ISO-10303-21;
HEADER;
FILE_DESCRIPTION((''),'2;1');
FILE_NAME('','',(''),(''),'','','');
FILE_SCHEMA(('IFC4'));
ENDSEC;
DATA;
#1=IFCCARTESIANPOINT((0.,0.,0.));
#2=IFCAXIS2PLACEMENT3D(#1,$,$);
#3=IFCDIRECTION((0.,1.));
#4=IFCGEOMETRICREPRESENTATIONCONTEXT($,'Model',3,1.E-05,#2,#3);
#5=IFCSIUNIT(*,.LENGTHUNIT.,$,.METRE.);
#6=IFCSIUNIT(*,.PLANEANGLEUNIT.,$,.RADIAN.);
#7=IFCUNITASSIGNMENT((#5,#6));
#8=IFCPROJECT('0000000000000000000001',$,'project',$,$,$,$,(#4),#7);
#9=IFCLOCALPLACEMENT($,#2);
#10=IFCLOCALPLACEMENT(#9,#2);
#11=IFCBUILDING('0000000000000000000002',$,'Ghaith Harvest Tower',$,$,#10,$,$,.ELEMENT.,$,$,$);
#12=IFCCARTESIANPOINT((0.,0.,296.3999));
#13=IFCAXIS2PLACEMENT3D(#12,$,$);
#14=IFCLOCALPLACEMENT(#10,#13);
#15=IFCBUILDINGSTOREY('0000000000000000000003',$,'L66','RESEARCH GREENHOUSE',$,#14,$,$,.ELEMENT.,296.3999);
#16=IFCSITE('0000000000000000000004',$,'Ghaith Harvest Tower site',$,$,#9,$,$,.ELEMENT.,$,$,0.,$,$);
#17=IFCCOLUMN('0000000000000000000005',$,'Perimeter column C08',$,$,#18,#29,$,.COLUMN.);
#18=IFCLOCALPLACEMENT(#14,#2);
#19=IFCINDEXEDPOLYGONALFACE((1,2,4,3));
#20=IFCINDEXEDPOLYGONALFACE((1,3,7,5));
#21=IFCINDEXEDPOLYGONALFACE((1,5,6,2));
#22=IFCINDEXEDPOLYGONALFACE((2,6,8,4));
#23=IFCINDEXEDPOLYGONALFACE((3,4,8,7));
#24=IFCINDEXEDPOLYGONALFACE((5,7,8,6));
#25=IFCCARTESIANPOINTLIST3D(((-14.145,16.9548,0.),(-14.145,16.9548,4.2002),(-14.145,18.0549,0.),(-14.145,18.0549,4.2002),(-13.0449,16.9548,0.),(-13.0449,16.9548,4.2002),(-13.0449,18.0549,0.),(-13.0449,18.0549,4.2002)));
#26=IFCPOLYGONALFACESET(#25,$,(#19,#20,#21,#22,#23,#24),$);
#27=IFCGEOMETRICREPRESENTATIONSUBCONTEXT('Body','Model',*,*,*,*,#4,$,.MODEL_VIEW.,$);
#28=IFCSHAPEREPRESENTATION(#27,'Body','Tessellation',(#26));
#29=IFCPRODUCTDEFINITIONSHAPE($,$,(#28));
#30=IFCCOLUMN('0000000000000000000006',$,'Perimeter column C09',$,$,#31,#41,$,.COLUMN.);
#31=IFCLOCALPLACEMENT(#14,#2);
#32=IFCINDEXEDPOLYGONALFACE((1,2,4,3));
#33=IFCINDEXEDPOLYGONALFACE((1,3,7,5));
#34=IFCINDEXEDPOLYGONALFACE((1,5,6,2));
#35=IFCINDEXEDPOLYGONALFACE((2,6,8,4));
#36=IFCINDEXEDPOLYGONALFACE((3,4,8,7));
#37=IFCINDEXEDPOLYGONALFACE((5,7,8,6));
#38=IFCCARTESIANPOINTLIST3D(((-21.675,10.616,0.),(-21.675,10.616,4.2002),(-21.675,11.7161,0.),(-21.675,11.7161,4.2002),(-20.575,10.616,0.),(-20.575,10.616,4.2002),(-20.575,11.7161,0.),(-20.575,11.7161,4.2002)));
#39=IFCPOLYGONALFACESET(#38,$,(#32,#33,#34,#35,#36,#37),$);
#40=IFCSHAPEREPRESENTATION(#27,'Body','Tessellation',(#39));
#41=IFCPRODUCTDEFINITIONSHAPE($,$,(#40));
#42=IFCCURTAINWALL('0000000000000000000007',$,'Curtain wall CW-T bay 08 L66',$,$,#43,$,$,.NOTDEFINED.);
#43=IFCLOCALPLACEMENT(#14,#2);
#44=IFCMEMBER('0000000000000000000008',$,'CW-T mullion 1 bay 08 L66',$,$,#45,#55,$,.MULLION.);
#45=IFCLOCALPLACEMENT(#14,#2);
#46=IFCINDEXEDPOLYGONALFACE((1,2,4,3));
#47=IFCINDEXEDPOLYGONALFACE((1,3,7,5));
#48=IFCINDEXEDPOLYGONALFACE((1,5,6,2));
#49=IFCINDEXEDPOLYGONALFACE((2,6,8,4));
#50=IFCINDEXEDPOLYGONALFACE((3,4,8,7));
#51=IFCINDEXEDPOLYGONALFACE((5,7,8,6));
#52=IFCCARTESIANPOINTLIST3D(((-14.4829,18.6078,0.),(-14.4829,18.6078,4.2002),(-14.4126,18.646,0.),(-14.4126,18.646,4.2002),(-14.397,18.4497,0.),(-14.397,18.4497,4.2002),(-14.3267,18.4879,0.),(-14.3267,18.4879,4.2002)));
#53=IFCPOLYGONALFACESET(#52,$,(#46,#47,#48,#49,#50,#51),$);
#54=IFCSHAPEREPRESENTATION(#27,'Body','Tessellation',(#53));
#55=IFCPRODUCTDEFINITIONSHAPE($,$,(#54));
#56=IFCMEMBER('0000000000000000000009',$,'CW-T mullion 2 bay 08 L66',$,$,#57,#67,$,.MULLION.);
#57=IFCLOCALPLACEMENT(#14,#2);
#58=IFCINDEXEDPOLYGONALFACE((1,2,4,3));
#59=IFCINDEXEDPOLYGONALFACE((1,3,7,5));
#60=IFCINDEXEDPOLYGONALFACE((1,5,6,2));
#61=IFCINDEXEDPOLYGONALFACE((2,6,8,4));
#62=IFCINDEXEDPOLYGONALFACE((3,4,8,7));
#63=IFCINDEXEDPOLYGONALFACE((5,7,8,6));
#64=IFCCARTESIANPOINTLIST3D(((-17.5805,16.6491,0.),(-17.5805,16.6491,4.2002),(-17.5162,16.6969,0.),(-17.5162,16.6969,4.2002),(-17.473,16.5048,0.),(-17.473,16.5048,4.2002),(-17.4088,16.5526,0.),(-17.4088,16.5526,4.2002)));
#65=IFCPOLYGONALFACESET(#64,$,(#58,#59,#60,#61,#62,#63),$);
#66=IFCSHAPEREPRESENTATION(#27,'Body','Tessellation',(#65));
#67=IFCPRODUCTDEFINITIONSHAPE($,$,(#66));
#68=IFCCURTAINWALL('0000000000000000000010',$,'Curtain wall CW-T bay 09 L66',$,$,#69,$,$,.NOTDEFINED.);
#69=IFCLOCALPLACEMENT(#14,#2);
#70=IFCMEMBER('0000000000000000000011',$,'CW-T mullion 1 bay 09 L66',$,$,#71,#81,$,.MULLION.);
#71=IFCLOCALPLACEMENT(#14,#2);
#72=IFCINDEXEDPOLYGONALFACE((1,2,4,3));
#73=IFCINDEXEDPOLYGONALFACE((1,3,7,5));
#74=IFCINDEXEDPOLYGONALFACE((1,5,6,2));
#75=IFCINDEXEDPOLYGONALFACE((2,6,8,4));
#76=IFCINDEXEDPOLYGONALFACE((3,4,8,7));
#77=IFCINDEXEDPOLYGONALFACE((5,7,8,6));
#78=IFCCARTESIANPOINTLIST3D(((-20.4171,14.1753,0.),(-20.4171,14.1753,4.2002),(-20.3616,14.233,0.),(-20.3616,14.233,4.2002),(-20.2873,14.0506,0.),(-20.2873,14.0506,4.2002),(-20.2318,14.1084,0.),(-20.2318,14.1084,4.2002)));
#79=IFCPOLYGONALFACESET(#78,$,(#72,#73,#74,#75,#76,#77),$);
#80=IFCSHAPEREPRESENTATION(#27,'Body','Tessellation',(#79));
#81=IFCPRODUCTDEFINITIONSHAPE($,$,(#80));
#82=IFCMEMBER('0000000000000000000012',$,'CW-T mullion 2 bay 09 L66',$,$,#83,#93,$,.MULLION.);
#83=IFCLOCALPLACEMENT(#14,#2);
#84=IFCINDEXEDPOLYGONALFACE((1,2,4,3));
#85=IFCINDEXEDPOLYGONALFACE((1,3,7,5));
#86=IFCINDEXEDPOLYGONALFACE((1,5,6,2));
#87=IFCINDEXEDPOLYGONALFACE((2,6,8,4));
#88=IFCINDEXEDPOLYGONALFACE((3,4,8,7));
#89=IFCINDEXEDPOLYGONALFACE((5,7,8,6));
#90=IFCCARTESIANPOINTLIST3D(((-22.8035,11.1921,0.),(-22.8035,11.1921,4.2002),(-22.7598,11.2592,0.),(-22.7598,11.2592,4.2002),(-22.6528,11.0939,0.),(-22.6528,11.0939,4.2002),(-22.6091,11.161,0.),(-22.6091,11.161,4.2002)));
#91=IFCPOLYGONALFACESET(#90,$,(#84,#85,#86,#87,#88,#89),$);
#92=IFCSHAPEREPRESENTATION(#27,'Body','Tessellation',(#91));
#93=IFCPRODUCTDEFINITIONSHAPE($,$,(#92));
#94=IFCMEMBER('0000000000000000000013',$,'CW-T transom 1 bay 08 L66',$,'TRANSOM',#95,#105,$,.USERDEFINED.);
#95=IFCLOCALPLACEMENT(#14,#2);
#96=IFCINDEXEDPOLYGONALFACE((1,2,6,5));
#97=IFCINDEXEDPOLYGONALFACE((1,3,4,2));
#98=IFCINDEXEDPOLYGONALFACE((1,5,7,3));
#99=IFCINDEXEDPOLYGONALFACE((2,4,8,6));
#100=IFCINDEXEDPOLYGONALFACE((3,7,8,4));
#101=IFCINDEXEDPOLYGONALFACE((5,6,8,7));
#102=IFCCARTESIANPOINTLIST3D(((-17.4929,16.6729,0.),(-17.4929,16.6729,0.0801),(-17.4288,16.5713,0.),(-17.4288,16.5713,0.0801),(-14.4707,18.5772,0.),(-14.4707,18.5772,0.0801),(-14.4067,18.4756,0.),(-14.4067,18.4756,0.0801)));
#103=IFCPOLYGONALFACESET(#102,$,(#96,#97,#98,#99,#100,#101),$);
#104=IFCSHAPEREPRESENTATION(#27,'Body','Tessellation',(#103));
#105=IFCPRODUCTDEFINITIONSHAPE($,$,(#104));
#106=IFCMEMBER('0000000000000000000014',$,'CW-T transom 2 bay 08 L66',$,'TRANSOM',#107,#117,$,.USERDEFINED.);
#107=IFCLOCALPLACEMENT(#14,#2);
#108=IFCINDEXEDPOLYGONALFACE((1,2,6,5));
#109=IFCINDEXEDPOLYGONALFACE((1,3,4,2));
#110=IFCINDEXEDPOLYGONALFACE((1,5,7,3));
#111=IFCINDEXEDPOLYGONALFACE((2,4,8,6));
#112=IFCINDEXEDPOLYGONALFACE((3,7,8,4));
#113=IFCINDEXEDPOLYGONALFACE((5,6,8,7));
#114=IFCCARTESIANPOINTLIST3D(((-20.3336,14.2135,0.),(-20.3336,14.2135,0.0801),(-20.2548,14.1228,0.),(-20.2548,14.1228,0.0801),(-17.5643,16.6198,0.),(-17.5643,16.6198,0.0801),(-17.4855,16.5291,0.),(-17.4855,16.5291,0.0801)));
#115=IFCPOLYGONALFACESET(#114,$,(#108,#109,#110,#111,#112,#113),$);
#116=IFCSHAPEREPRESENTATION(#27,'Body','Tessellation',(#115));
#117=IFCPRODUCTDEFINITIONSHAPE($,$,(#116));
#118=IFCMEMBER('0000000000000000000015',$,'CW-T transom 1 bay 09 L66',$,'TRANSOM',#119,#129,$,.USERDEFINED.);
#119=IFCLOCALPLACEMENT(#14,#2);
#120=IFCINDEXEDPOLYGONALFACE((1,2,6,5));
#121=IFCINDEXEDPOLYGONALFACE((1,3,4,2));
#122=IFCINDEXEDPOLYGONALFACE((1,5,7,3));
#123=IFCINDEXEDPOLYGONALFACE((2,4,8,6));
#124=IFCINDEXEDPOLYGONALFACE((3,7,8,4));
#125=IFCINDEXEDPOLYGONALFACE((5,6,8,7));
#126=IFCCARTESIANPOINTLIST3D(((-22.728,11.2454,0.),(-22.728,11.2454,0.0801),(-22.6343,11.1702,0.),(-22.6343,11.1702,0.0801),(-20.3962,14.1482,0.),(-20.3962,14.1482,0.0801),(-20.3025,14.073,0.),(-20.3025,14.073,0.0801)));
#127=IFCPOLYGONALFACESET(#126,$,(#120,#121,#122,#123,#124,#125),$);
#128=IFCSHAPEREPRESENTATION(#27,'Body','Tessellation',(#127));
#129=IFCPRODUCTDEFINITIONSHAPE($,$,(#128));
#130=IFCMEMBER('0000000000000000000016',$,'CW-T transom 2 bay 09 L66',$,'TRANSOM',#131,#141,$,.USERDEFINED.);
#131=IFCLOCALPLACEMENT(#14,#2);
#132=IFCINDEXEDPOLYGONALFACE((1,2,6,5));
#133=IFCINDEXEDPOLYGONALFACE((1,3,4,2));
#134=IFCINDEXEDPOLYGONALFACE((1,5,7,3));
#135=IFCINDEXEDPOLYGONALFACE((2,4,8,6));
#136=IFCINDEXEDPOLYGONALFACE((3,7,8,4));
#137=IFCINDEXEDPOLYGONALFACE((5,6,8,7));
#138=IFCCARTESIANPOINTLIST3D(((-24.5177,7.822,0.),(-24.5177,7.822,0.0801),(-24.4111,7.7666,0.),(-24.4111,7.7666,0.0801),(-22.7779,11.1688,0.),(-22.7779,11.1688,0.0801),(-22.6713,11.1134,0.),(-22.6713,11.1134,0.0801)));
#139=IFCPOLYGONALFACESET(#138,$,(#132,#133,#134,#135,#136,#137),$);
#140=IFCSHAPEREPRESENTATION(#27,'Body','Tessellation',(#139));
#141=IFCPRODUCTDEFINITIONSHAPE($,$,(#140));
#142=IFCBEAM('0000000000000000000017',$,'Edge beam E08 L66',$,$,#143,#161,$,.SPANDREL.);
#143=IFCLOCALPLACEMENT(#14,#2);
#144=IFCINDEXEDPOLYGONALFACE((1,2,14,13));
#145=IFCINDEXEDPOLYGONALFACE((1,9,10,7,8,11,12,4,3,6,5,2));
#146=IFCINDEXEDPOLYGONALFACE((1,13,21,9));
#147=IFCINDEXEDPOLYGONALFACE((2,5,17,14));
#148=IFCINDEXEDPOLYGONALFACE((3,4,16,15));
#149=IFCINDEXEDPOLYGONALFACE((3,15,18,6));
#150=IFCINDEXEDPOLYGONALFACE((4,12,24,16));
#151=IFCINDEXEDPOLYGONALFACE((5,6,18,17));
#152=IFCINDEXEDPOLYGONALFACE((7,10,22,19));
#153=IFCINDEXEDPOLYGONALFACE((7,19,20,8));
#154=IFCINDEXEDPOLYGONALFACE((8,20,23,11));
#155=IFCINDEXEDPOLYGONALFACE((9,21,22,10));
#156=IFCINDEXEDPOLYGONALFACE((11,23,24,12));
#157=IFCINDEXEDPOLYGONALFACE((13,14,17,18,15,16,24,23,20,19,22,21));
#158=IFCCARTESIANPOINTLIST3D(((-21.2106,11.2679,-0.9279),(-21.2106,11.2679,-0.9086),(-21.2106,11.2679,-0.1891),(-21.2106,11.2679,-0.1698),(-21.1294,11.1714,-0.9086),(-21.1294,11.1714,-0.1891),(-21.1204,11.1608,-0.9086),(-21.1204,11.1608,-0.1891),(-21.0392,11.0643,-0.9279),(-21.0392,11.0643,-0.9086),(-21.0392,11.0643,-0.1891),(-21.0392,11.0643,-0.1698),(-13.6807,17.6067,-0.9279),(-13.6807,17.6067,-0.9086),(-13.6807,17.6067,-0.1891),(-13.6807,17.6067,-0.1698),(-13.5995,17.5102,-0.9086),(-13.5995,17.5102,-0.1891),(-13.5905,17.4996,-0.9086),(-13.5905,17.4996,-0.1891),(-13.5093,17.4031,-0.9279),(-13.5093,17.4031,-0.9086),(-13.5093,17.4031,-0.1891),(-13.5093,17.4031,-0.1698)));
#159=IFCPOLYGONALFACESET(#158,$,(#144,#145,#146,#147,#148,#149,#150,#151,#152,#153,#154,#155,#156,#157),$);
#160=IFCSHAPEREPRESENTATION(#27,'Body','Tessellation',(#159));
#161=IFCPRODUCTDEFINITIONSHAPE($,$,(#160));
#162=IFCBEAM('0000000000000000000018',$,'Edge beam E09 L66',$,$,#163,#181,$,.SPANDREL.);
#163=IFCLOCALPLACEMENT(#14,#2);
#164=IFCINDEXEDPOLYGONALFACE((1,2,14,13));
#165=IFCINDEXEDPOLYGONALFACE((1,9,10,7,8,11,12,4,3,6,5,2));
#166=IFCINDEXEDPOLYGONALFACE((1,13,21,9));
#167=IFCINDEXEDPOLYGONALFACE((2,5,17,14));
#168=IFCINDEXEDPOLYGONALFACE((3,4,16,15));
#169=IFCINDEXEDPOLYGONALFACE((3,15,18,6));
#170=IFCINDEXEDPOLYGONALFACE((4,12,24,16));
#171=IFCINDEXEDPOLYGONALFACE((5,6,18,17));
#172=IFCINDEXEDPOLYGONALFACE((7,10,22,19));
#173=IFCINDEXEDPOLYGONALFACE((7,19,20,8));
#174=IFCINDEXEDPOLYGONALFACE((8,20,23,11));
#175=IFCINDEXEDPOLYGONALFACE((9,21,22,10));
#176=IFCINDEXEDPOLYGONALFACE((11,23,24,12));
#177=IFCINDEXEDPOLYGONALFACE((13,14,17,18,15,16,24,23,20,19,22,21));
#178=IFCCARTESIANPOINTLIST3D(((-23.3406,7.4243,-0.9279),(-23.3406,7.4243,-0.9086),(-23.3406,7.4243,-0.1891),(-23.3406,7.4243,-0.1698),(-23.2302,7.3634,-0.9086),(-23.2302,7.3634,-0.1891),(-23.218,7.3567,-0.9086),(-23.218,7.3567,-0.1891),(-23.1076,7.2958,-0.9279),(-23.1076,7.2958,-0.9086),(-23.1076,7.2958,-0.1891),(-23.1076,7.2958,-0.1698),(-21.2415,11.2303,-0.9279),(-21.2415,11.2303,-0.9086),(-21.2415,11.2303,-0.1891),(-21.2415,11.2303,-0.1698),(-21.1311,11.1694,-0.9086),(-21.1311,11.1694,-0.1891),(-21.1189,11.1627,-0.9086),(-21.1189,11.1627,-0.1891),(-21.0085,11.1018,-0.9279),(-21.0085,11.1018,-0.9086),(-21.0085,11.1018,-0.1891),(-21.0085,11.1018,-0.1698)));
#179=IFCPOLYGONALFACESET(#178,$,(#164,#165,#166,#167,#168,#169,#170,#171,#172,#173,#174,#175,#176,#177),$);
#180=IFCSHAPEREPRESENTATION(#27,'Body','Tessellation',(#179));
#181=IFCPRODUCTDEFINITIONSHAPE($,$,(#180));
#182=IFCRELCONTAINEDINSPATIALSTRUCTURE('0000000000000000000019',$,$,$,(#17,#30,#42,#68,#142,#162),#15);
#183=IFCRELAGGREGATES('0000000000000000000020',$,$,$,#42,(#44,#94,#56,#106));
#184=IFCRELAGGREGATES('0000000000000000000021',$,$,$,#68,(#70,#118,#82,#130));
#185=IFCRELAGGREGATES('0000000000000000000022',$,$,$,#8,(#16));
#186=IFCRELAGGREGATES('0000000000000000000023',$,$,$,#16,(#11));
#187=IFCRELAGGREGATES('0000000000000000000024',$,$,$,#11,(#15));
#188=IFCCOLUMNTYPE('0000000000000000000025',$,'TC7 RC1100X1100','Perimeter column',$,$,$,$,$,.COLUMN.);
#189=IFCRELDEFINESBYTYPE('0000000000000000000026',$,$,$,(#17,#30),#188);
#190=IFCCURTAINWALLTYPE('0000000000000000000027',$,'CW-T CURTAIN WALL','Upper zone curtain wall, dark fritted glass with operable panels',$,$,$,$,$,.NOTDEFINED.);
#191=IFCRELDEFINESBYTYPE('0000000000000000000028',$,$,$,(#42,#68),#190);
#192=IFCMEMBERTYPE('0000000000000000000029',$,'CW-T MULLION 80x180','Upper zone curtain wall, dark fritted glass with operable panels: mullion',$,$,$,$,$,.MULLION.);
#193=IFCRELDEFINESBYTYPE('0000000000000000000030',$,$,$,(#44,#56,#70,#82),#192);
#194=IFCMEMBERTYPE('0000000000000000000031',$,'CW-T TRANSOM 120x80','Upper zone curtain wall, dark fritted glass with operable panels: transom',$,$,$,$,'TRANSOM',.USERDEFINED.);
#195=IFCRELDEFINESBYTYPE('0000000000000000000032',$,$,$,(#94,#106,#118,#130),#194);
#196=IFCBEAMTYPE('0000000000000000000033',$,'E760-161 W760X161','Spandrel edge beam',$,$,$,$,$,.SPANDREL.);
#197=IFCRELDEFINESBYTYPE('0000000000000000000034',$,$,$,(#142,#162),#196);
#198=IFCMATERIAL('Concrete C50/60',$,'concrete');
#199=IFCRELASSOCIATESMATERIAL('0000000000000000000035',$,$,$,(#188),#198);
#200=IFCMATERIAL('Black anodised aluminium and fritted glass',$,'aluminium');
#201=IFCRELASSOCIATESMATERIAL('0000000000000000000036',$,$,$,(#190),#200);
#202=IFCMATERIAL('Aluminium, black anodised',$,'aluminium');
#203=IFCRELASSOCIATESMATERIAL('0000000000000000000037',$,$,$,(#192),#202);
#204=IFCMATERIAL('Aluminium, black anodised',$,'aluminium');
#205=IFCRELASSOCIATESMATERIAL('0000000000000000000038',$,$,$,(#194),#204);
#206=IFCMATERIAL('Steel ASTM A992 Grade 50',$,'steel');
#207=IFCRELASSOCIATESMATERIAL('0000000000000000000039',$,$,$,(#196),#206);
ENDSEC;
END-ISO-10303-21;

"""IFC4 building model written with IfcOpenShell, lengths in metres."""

from ifc_helpers import new_model, si_unit, direction, frame, origin, origin_2d, place, context, subcontext, project, spatial, rectangle, i_section, extrude, material, material_profile, profile_set, type_object, element, aggregate, save


model = new_model("IFC4")

# Units and contexts
model_context = context("Model", 3, precision=1e-05, world=origin(), true_north=direction((0.0, 1.0)))
body_context = subcontext(model_context, "Body", "Model", "MODEL_VIEW")
ifc_project = project(units=[si_unit("LENGTHUNIT", "METRE"), si_unit("PLANEANGLEUNIT", "RADIAN")], contexts=[model_context])

# Site, building, storey
site_placement = place(None, origin())
site = spatial("IfcSite", under=ifc_project, at=site_placement, Name="Ghaith Harvest Tower site", CompositionType="ELEMENT", RefElevation=0.0)
building_placement = place(site_placement, origin())
building = spatial("IfcBuilding", under=site, at=building_placement, Name="Ghaith Harvest Tower", CompositionType="ELEMENT")
storey_placement = place(building_placement, frame((0.0, 0.0, 296.3999)))
storey = spatial("IfcBuildingStorey", under=building, at=storey_placement, Name="L66", Description="RESEARCH GREENHOUSE", CompositionType="ELEMENT", Elevation=296.3999)

# Columns
ifc_material_1 = material(Name="Concrete C50/60", Category="concrete")
ifc_material_profile_1 = material_profile(ifc_material_1, rectangle(XDim=1.1001, YDim=1.1001, at=origin_2d()), Name="RC1100X1100")
ifc_profile_set_1 = profile_set([ifc_material_profile_1], Name="Concrete C50/60")
column_type = type_object("IfcColumnType", Name="TC7 RC1100X1100", Description="Perimeter column", PredefinedType="COLUMN", material=ifc_profile_set_1)
for number, where, z_axis, x_axis, name in (
    (1, (-13.595, 17.5049, 0.0), (0.0, 0.0, 1.0), (1.0, 0.0, 0.0), "Perimeter column C08"),
    (2, (-21.125, 11.166, 0.0), (0.0, 0.0, 1.0), (1.0, 0.0, 0.0), "Perimeter column C09"),
):
    element("IfcColumn", number, at=place(storey_placement, frame(where, z_axis=z_axis, x_axis=x_axis)), inside=storey, type_object=column_type, Name=name, PredefinedType="COLUMN", context=body_context, shape_type="SweptSolid", body=[
        extrude(rectangle(XDim=1.1001, YDim=1.1001, at=origin_2d()), origin(), (0.0, 0.0, 1.0), 4.2002),
    ])

# Curtain walls, members
ifc_material_2 = material(Name="Black anodised aluminium and fritted glass", Category="aluminium")
curtain_wall_type = type_object("IfcCurtainWallType", Name="CW-T CURTAIN WALL", Description="Upper zone curtain wall, dark fritted glass with operable panels", PredefinedType="NOTDEFINED", material=ifc_material_2)
curtain_wall_1_placement = place(storey_placement, origin())
curtain_wall_1 = element("IfcCurtainWall", 3, at=curtain_wall_1_placement, inside=storey, type_object=curtain_wall_type, Name="Curtain wall CW-T bay 08 L66", PredefinedType="NOTDEFINED")
ifc_material_3 = material(Name="Aluminium, black anodised", Category="aluminium")
ifc_material_profile_2 = material_profile(ifc_material_3, rectangle(XDim=0.0801, YDim=0.1799, at=origin_2d()), Name="CW-T MULLION 80x180")
ifc_profile_set_2 = profile_set([ifc_material_profile_2], Name="Aluminium, black anodised")
member_type_1 = type_object("IfcMemberType", Name="CW-T MULLION 80x180", Description="Upper zone curtain wall, dark fritted glass with operable panels: mullion", PredefinedType="MULLION", material=ifc_profile_set_2)
member_1_placement = place(storey_placement, frame((-14.4048, 18.5479, 0.0), z_axis=(0.0, 0.0, 1.0), x_axis=(-0.878672, -0.477426, 0.0)))
member_1 = element("IfcMember", 4, at=member_1_placement, type_object=member_type_1, Name="CW-T mullion 1 bay 08 L66", PredefinedType="MULLION", context=body_context, shape_type="SweptSolid", body=[
    extrude(rectangle(XDim=0.0801, YDim=0.1799, at=origin_2d()), origin(), (0.0, 0.0, 1.0), 4.2002),
])
member_2_placement = place(storey_placement, frame((-17.4946, 16.6008, 0.0), z_axis=(0.0, 0.0, 1.0), x_axis=(-0.80219, -0.597069, 0.0)))
member_2 = element("IfcMember", 5, at=member_2_placement, type_object=member_type_1, Name="CW-T mullion 2 bay 08 L66", PredefinedType="MULLION", context=body_context, shape_type="SweptSolid", body=[
    extrude(rectangle(XDim=0.0801, YDim=0.1799, at=origin_2d()), origin(), (0.0, 0.0, 1.0), 4.2002),
])
curtain_wall_2_placement = place(storey_placement, origin())
curtain_wall_2 = element("IfcCurtainWall", 6, at=curtain_wall_2_placement, inside=storey, type_object=curtain_wall_type, Name="Curtain wall CW-T bay 09 L66", PredefinedType="NOTDEFINED")
member_3_placement = place(storey_placement, frame((-20.3245, 14.1418, 0.0), z_axis=(0.0, 0.0, 1.0), x_axis=(-0.692826, -0.721104, 0.0)))
member_3 = element("IfcMember", 7, at=member_3_placement, type_object=member_type_1, Name="CW-T mullion 1 bay 09 L66", PredefinedType="MULLION", context=body_context, shape_type="SweptSolid", body=[
    extrude(rectangle(XDim=0.0801, YDim=0.1799, at=origin_2d()), origin(), (0.0, 0.0, 1.0), 4.2002),
])
member_4_placement = place(storey_placement, frame((-22.7063, 11.1765, 0.0), z_axis=(0.0, 0.0, 1.0), x_axis=(-0.545865, -0.837873, 0.0)))
member_4 = element("IfcMember", 8, at=member_4_placement, type_object=member_type_1, Name="CW-T mullion 2 bay 09 L66", PredefinedType="MULLION", context=body_context, shape_type="SweptSolid", body=[
    extrude(rectangle(XDim=0.0801, YDim=0.1799, at=origin_2d()), origin(), (0.0, 0.0, 1.0), 4.2002),
])

# Members
ifc_material_4 = material(Name="Aluminium, black anodised", Category="aluminium")
ifc_material_profile_3 = material_profile(ifc_material_4, rectangle(XDim=0.1201, YDim=0.0801, at=origin_2d()), Name="CW-T TRANSOM 120x80")
ifc_profile_set_3 = profile_set([ifc_material_profile_3], Name="Aluminium, black anodised")
member_type_2 = type_object("IfcMemberType", Name="CW-T TRANSOM 120x80", Description="Upper zone curtain wall, dark fritted glass with operable panels: transom", ElementType="TRANSOM", PredefinedType="USERDEFINED", material=ifc_profile_set_3)
member_5_placement = place(storey_placement, frame((-14.4387, 18.5264, 0.04), z_axis=(-0.846054, -0.533098, 0.0), x_axis=(0.533098, -0.846054, 0.0)))
member_5 = element("IfcMember", 9, at=member_5_placement, type_object=member_type_2, Name="CW-T transom 1 bay 08 L66", ObjectType="TRANSOM", PredefinedType="USERDEFINED", context=body_context, shape_type="SweptSolid", body=[
    extrude(rectangle(XDim=0.1201, YDim=0.0801, at=origin_2d()), origin(), (0.0, 0.0, 1.0), 3.572),
])
member_6_placement = place(storey_placement, frame((-17.5249, 16.5745, 0.04), z_axis=(-0.754852, -0.655895, 0.0), x_axis=(0.655895, -0.754852, 0.0)))
member_6 = element("IfcMember", 10, at=member_6_placement, type_object=member_type_2, Name="CW-T transom 2 bay 08 L66", ObjectType="TRANSOM", PredefinedType="USERDEFINED", context=body_context, shape_type="SweptSolid", body=[
    extrude(rectangle(XDim=0.1201, YDim=0.0801, at=origin_2d()), origin(), (0.0, 0.0, 1.0), 3.6687),
])
member_7_placement = place(storey_placement, frame((-20.3494, 14.1106, 0.04), z_axis=(-0.626253, -0.77962, 0.0), x_axis=(0.77962, -0.626253, 0.0)))
member_7 = element("IfcMember", 11, at=member_7_placement, type_object=member_type_2, Name="CW-T transom 1 bay 09 L66", ObjectType="TRANSOM", PredefinedType="USERDEFINED", context=body_context, shape_type="SweptSolid", body=[
    extrude(rectangle(XDim=0.1201, YDim=0.0801, at=origin_2d()), origin(), (0.0, 0.0, 1.0), 3.7234),
])
member_8_placement = place(storey_placement, frame((-22.7246, 11.1411, 0.04), z_axis=(-0.461243, -0.887274, 0.0), x_axis=(0.887274, -0.461243, 0.0)))
member_8 = element("IfcMember", 12, at=member_8_placement, type_object=member_type_2, Name="CW-T transom 2 bay 09 L66", ObjectType="TRANSOM", PredefinedType="USERDEFINED", context=body_context, shape_type="SweptSolid", body=[
    extrude(rectangle(XDim=0.1201, YDim=0.0801, at=origin_2d()), origin(), (0.0, 0.0, 1.0), 3.772),
])

# Beams
ifc_material_5 = material(Name="Steel ASTM A992 Grade 50", Category="steel")
ifc_material_profile_4 = material_profile(ifc_material_5, i_section(OverallWidth=0.2661, OverallDepth=0.7581, WebThickness=0.0139, FlangeThickness=0.0193, at=origin_2d()), Name="W760X161")
ifc_profile_set_4 = profile_set([ifc_material_profile_4], Name="Steel ASTM A992 Grade 50")
beam_type = type_object("IfcBeamType", Name="E760-161 W760X161", Description="Spandrel edge beam", PredefinedType="SPANDREL", material=ifc_profile_set_4)
beam_1_placement = place(storey_placement, frame((-13.595, 17.5049, -0.5488), z_axis=(-0.765022, -0.644004, 0.0), x_axis=(0.644004, -0.765022, 0.0)))
element("IfcBeam", 13, at=beam_1_placement, inside=storey, type_object=beam_type, Name="Edge beam E08 L66", PredefinedType="SPANDREL", context=body_context, shape_type="SweptSolid", body=[
    extrude(i_section(OverallWidth=0.2661, OverallDepth=0.7581, WebThickness=0.0139, FlangeThickness=0.0193, at=origin_2d()), origin(), (0.0, 0.0, 1.0), 9.8428),
])
beam_2_placement = place(storey_placement, frame((-21.125, 11.166, -0.5488), z_axis=(-0.482956, -0.875645, 0.0), x_axis=(0.875645, -0.482956, 0.0)))
element("IfcBeam", 14, at=beam_2_placement, inside=storey, type_object=beam_type, Name="Edge beam E09 L66", PredefinedType="SPANDREL", context=body_context, shape_type="SweptSolid", body=[
    extrude(i_section(OverallWidth=0.2661, OverallDepth=0.7581, WebThickness=0.0139, FlangeThickness=0.0193, at=origin_2d()), origin(), (0.0, 0.0, 1.0), 4.3464),
])

aggregate(curtain_wall_1, [member_1, member_5, member_2, member_6])
aggregate(curtain_wall_2, [member_3, member_7, member_4, member_8])

save(model, "model.ifc")
